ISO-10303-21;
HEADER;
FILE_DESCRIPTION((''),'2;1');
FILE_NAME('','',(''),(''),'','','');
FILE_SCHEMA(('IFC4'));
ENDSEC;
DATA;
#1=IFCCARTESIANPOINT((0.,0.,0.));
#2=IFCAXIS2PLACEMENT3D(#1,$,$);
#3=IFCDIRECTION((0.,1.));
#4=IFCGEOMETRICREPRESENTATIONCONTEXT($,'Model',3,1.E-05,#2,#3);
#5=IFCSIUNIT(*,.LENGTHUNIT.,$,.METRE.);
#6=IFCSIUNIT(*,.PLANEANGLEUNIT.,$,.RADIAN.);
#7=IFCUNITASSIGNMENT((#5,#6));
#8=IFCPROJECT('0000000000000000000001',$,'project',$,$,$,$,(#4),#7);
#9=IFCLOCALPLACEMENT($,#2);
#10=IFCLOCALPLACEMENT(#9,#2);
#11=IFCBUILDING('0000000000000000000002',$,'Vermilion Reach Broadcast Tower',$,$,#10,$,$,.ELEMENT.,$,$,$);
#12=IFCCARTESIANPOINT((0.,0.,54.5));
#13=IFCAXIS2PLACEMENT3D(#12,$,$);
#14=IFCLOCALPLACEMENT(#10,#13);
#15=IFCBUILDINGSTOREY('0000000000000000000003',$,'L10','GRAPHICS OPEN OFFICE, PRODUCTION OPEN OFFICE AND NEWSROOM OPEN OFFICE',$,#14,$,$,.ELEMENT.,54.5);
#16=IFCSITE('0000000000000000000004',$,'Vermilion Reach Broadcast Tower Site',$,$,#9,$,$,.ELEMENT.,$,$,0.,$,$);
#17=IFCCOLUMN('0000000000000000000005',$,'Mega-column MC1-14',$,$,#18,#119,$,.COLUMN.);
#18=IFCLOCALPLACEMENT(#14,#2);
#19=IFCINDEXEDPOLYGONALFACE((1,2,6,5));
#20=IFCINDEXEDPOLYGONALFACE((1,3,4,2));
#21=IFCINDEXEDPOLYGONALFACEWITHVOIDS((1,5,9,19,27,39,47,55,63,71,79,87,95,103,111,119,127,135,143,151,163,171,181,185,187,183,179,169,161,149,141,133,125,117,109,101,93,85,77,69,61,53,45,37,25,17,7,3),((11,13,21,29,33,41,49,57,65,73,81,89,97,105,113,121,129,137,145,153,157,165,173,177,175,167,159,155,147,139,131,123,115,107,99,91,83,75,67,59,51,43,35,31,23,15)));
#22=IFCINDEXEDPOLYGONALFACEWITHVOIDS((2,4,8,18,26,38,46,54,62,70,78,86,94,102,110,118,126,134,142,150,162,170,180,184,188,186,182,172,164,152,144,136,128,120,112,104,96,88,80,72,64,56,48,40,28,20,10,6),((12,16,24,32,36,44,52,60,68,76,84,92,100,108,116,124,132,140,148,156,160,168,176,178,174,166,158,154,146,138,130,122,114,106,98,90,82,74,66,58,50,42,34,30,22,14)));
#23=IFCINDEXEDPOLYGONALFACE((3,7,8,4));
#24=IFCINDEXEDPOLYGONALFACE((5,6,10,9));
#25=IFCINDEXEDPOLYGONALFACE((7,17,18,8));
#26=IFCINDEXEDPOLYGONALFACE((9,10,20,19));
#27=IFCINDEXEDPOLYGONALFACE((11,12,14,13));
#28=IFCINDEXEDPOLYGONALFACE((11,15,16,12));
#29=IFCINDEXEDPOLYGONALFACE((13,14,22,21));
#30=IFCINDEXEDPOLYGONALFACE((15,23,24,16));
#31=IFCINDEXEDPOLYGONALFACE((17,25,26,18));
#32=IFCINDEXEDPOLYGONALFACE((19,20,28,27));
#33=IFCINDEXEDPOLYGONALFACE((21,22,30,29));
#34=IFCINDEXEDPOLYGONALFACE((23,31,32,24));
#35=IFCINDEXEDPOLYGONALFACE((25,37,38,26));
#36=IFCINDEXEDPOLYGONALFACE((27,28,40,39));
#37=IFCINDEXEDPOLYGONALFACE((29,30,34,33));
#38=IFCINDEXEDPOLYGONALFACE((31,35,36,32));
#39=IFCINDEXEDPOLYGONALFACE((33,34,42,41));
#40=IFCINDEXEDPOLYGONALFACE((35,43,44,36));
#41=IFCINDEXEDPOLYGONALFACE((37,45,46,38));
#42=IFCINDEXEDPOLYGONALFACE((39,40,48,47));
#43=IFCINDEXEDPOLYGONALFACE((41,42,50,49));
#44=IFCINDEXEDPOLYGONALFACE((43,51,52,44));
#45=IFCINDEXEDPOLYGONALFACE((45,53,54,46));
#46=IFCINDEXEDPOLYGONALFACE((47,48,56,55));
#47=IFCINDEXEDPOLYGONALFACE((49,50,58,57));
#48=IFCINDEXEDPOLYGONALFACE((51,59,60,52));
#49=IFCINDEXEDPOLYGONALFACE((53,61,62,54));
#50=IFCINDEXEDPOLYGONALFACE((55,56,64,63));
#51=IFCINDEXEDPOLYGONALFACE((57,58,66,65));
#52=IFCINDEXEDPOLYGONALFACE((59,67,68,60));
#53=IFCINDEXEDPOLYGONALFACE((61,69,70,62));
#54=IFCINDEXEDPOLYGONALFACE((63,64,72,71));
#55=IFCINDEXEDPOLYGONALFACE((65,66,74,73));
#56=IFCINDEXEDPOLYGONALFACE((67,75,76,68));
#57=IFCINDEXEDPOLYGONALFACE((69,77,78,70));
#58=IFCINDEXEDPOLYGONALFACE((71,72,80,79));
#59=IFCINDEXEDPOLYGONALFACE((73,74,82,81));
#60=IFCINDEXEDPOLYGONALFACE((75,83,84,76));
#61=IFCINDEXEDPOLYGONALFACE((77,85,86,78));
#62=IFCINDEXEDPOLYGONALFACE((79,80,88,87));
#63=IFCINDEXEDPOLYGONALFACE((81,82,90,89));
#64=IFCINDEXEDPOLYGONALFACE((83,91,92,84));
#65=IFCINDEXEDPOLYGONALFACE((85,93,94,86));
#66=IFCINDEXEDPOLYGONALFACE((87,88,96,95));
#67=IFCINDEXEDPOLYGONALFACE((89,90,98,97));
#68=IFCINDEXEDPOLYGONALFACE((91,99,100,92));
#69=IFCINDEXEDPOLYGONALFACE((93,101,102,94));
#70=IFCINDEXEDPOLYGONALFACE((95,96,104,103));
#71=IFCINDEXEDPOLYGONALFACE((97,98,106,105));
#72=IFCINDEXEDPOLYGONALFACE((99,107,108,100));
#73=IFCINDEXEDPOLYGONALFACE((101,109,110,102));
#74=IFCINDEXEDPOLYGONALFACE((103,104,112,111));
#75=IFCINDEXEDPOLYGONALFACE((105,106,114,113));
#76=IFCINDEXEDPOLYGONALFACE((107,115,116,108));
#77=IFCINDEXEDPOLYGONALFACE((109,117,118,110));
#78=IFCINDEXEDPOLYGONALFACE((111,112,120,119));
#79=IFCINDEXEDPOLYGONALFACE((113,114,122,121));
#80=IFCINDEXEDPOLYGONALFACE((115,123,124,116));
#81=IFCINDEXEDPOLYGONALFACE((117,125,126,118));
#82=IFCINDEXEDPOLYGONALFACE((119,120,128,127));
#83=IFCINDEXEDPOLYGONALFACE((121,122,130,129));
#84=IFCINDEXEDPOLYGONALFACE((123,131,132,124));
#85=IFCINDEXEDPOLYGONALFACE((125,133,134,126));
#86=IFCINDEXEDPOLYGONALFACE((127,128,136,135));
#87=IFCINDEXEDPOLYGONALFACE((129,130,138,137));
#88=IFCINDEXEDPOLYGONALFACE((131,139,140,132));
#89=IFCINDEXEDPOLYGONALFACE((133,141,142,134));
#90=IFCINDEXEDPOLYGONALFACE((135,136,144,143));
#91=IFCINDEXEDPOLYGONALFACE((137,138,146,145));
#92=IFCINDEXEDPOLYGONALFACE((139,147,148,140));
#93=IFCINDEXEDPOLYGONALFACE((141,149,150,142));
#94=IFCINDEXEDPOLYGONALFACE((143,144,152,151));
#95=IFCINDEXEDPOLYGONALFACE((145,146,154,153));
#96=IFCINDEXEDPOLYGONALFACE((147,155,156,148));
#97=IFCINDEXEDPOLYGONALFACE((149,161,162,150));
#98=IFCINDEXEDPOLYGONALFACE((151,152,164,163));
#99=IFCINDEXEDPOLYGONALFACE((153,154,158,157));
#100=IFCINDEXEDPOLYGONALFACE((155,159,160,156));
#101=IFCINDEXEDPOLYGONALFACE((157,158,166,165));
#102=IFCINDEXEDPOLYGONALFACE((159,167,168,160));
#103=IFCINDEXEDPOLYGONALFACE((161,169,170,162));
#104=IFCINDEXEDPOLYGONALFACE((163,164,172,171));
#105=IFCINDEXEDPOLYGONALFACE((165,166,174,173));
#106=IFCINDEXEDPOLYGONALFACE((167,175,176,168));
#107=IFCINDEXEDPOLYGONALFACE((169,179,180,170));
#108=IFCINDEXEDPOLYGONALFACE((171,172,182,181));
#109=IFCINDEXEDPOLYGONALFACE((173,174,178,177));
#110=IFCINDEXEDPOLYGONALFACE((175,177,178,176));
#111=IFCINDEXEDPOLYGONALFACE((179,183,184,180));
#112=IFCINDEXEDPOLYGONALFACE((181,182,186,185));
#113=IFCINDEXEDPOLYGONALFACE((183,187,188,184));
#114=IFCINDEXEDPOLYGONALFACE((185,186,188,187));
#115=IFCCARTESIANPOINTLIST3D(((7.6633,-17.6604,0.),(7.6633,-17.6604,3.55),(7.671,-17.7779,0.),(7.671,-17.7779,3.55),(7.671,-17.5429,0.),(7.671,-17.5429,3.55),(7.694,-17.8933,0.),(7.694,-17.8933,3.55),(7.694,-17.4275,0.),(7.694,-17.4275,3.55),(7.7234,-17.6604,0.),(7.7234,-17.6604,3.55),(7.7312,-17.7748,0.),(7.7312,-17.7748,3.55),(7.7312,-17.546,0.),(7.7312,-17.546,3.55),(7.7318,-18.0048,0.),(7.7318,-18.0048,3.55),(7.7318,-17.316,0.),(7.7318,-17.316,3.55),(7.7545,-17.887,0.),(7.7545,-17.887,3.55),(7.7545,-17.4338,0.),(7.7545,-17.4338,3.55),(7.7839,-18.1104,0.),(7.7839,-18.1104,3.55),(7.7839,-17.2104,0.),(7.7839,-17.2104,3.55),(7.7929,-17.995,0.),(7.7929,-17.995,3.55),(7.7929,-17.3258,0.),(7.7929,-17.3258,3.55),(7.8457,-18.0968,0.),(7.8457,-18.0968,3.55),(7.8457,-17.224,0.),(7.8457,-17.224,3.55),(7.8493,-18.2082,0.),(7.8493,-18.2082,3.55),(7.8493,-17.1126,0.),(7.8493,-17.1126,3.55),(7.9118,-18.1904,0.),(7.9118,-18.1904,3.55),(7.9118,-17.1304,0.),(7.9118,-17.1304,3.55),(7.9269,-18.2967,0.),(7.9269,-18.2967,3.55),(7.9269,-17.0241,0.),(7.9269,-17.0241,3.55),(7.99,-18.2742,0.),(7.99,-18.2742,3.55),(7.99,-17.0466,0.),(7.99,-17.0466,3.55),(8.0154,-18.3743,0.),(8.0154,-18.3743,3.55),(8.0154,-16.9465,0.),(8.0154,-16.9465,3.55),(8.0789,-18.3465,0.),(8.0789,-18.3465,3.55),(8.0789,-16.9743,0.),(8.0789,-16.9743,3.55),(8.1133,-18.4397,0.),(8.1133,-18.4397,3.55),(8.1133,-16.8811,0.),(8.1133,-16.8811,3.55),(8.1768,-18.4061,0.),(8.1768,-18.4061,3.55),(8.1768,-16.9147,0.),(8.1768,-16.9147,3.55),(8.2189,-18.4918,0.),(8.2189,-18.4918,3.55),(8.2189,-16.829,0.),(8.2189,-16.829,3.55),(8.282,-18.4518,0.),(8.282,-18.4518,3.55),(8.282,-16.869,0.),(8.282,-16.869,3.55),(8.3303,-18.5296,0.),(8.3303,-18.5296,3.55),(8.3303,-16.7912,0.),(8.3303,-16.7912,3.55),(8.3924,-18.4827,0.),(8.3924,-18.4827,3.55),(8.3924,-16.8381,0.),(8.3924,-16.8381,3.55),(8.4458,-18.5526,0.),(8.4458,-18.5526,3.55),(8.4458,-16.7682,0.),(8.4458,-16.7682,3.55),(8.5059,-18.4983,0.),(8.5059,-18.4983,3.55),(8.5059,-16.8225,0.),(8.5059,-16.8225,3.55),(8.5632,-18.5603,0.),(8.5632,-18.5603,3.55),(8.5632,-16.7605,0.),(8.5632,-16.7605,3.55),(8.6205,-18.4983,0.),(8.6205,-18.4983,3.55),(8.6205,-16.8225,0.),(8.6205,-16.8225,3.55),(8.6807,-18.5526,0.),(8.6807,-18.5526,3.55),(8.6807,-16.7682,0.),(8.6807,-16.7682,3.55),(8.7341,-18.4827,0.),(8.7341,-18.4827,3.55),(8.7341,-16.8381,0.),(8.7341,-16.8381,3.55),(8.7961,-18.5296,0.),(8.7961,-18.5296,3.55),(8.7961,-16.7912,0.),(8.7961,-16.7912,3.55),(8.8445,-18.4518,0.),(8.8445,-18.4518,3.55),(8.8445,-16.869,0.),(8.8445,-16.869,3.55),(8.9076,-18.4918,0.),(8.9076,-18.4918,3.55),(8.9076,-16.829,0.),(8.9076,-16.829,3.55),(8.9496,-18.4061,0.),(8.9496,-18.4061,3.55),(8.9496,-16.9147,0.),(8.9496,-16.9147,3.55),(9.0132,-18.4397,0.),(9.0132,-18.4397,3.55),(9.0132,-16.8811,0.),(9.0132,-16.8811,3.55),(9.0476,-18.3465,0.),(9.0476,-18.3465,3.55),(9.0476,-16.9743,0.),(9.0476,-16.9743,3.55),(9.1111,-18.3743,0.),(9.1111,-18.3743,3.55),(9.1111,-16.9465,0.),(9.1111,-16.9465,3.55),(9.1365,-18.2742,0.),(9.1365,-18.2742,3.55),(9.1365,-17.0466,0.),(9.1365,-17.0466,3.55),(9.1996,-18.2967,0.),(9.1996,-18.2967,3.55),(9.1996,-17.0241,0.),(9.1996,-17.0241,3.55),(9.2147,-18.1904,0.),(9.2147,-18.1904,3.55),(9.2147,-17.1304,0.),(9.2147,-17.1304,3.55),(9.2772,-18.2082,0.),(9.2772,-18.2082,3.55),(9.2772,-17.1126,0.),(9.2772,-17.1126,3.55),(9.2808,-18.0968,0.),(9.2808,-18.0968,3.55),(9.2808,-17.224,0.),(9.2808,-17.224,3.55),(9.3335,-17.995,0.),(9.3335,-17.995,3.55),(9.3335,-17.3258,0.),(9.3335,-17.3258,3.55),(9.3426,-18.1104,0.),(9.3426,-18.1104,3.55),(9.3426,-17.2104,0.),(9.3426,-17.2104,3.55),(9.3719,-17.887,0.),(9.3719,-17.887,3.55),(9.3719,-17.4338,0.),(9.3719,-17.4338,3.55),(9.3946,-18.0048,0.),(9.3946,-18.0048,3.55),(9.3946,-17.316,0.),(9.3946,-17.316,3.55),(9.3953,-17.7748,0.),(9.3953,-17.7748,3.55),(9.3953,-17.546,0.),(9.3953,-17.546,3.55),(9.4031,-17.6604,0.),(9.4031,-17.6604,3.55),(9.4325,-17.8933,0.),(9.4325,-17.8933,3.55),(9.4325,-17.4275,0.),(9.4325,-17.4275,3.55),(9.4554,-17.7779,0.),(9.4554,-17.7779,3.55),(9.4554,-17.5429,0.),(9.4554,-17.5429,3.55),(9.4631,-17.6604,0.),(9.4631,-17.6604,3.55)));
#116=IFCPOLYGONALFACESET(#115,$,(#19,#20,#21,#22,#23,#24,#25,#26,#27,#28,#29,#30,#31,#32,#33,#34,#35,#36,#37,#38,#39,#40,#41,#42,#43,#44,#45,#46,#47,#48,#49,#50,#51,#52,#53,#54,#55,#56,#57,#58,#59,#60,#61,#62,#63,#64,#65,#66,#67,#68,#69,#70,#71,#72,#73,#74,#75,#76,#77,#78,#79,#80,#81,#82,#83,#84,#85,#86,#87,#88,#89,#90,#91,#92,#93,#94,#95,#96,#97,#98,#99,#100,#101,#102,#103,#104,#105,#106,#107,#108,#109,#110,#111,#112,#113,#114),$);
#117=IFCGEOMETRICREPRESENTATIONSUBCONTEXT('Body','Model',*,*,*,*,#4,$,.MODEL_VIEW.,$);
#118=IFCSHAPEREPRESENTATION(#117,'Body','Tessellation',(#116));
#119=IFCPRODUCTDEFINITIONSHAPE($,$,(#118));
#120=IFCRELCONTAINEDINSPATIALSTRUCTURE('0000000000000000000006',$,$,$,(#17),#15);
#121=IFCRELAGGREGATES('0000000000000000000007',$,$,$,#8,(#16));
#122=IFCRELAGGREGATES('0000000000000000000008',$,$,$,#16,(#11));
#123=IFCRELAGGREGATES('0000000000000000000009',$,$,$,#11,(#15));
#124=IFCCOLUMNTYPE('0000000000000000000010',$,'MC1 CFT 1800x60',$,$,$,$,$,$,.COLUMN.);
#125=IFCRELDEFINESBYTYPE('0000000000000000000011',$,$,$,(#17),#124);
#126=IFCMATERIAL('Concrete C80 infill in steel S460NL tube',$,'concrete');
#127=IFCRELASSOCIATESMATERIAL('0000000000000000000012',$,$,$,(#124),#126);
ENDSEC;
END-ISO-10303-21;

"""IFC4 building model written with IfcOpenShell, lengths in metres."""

from ifc_helpers import new_model, si_unit, direction, frame, origin, origin_2d, place, context, subcontext, project, spatial, hollow_circle, extrude, material, material_profile, profile_set, type_object, element, save


model = new_model("IFC4")

# Units and contexts
model_context = context("Model", 3, precision=1e-05, world=origin(), true_north=direction((0.0, 1.0)))
body_context = subcontext(model_context, "Body", "Model", "MODEL_VIEW")
ifc_project = project(units=[si_unit("LENGTHUNIT", "METRE"), si_unit("PLANEANGLEUNIT", "RADIAN")], contexts=[model_context])

# Site, building, storey
site_placement = place(None, origin())
site = spatial("IfcSite", under=ifc_project, at=site_placement, Name="Vermilion Reach Broadcast Tower Site", CompositionType="ELEMENT", RefElevation=0.0)
building_placement = place(site_placement, origin())
building = spatial("IfcBuilding", under=site, at=building_placement, Name="Vermilion Reach Broadcast Tower", CompositionType="ELEMENT")
storey_placement = place(building_placement, frame((0.0, 0.0, 54.5)))
storey = spatial("IfcBuildingStorey", under=building, at=storey_placement, Name="L10", Description="GRAPHICS OPEN OFFICE, PRODUCTION OPEN OFFICE AND NEWSROOM OPEN OFFICE", CompositionType="ELEMENT", Elevation=54.5)

# Column
ifc_material_1 = material(Name="Concrete C80 infill in steel S460NL tube", Category="concrete")
ifc_material_profile_1 = material_profile(ifc_material_1, hollow_circle(Radius=0.8999, WallThickness=0.0601, at=origin_2d()), Name="Concrete C80 infill in steel S460NL tube CFT 1800x60")
ifc_profile_set_1 = profile_set([ifc_material_profile_1], Name="Concrete C80 infill in steel S460NL tube")
column_type = type_object("IfcColumnType", Name="MC1 CFT 1800x60", PredefinedType="COLUMN", material=ifc_profile_set_1)
for number, where, z_axis, x_axis, name in (
    (1, (8.5632, -17.6604, 0.0), (0.0, 0.0, 1.0), (1.0, 0.0, 0.0), "Mega-column MC1-14"),
):
    element("IfcColumn", number, at=place(storey_placement, frame(where, z_axis=z_axis, x_axis=x_axis)), inside=storey, type_object=column_type, Name=name, PredefinedType="COLUMN", context=body_context, shape_type="SweptSolid", body=[
        extrude(hollow_circle(Radius=0.8999, WallThickness=0.0601, at=origin_2d()), origin(), (0.0, 0.0, 1.0), 3.55),
    ])

save(model, "model.ifc")
